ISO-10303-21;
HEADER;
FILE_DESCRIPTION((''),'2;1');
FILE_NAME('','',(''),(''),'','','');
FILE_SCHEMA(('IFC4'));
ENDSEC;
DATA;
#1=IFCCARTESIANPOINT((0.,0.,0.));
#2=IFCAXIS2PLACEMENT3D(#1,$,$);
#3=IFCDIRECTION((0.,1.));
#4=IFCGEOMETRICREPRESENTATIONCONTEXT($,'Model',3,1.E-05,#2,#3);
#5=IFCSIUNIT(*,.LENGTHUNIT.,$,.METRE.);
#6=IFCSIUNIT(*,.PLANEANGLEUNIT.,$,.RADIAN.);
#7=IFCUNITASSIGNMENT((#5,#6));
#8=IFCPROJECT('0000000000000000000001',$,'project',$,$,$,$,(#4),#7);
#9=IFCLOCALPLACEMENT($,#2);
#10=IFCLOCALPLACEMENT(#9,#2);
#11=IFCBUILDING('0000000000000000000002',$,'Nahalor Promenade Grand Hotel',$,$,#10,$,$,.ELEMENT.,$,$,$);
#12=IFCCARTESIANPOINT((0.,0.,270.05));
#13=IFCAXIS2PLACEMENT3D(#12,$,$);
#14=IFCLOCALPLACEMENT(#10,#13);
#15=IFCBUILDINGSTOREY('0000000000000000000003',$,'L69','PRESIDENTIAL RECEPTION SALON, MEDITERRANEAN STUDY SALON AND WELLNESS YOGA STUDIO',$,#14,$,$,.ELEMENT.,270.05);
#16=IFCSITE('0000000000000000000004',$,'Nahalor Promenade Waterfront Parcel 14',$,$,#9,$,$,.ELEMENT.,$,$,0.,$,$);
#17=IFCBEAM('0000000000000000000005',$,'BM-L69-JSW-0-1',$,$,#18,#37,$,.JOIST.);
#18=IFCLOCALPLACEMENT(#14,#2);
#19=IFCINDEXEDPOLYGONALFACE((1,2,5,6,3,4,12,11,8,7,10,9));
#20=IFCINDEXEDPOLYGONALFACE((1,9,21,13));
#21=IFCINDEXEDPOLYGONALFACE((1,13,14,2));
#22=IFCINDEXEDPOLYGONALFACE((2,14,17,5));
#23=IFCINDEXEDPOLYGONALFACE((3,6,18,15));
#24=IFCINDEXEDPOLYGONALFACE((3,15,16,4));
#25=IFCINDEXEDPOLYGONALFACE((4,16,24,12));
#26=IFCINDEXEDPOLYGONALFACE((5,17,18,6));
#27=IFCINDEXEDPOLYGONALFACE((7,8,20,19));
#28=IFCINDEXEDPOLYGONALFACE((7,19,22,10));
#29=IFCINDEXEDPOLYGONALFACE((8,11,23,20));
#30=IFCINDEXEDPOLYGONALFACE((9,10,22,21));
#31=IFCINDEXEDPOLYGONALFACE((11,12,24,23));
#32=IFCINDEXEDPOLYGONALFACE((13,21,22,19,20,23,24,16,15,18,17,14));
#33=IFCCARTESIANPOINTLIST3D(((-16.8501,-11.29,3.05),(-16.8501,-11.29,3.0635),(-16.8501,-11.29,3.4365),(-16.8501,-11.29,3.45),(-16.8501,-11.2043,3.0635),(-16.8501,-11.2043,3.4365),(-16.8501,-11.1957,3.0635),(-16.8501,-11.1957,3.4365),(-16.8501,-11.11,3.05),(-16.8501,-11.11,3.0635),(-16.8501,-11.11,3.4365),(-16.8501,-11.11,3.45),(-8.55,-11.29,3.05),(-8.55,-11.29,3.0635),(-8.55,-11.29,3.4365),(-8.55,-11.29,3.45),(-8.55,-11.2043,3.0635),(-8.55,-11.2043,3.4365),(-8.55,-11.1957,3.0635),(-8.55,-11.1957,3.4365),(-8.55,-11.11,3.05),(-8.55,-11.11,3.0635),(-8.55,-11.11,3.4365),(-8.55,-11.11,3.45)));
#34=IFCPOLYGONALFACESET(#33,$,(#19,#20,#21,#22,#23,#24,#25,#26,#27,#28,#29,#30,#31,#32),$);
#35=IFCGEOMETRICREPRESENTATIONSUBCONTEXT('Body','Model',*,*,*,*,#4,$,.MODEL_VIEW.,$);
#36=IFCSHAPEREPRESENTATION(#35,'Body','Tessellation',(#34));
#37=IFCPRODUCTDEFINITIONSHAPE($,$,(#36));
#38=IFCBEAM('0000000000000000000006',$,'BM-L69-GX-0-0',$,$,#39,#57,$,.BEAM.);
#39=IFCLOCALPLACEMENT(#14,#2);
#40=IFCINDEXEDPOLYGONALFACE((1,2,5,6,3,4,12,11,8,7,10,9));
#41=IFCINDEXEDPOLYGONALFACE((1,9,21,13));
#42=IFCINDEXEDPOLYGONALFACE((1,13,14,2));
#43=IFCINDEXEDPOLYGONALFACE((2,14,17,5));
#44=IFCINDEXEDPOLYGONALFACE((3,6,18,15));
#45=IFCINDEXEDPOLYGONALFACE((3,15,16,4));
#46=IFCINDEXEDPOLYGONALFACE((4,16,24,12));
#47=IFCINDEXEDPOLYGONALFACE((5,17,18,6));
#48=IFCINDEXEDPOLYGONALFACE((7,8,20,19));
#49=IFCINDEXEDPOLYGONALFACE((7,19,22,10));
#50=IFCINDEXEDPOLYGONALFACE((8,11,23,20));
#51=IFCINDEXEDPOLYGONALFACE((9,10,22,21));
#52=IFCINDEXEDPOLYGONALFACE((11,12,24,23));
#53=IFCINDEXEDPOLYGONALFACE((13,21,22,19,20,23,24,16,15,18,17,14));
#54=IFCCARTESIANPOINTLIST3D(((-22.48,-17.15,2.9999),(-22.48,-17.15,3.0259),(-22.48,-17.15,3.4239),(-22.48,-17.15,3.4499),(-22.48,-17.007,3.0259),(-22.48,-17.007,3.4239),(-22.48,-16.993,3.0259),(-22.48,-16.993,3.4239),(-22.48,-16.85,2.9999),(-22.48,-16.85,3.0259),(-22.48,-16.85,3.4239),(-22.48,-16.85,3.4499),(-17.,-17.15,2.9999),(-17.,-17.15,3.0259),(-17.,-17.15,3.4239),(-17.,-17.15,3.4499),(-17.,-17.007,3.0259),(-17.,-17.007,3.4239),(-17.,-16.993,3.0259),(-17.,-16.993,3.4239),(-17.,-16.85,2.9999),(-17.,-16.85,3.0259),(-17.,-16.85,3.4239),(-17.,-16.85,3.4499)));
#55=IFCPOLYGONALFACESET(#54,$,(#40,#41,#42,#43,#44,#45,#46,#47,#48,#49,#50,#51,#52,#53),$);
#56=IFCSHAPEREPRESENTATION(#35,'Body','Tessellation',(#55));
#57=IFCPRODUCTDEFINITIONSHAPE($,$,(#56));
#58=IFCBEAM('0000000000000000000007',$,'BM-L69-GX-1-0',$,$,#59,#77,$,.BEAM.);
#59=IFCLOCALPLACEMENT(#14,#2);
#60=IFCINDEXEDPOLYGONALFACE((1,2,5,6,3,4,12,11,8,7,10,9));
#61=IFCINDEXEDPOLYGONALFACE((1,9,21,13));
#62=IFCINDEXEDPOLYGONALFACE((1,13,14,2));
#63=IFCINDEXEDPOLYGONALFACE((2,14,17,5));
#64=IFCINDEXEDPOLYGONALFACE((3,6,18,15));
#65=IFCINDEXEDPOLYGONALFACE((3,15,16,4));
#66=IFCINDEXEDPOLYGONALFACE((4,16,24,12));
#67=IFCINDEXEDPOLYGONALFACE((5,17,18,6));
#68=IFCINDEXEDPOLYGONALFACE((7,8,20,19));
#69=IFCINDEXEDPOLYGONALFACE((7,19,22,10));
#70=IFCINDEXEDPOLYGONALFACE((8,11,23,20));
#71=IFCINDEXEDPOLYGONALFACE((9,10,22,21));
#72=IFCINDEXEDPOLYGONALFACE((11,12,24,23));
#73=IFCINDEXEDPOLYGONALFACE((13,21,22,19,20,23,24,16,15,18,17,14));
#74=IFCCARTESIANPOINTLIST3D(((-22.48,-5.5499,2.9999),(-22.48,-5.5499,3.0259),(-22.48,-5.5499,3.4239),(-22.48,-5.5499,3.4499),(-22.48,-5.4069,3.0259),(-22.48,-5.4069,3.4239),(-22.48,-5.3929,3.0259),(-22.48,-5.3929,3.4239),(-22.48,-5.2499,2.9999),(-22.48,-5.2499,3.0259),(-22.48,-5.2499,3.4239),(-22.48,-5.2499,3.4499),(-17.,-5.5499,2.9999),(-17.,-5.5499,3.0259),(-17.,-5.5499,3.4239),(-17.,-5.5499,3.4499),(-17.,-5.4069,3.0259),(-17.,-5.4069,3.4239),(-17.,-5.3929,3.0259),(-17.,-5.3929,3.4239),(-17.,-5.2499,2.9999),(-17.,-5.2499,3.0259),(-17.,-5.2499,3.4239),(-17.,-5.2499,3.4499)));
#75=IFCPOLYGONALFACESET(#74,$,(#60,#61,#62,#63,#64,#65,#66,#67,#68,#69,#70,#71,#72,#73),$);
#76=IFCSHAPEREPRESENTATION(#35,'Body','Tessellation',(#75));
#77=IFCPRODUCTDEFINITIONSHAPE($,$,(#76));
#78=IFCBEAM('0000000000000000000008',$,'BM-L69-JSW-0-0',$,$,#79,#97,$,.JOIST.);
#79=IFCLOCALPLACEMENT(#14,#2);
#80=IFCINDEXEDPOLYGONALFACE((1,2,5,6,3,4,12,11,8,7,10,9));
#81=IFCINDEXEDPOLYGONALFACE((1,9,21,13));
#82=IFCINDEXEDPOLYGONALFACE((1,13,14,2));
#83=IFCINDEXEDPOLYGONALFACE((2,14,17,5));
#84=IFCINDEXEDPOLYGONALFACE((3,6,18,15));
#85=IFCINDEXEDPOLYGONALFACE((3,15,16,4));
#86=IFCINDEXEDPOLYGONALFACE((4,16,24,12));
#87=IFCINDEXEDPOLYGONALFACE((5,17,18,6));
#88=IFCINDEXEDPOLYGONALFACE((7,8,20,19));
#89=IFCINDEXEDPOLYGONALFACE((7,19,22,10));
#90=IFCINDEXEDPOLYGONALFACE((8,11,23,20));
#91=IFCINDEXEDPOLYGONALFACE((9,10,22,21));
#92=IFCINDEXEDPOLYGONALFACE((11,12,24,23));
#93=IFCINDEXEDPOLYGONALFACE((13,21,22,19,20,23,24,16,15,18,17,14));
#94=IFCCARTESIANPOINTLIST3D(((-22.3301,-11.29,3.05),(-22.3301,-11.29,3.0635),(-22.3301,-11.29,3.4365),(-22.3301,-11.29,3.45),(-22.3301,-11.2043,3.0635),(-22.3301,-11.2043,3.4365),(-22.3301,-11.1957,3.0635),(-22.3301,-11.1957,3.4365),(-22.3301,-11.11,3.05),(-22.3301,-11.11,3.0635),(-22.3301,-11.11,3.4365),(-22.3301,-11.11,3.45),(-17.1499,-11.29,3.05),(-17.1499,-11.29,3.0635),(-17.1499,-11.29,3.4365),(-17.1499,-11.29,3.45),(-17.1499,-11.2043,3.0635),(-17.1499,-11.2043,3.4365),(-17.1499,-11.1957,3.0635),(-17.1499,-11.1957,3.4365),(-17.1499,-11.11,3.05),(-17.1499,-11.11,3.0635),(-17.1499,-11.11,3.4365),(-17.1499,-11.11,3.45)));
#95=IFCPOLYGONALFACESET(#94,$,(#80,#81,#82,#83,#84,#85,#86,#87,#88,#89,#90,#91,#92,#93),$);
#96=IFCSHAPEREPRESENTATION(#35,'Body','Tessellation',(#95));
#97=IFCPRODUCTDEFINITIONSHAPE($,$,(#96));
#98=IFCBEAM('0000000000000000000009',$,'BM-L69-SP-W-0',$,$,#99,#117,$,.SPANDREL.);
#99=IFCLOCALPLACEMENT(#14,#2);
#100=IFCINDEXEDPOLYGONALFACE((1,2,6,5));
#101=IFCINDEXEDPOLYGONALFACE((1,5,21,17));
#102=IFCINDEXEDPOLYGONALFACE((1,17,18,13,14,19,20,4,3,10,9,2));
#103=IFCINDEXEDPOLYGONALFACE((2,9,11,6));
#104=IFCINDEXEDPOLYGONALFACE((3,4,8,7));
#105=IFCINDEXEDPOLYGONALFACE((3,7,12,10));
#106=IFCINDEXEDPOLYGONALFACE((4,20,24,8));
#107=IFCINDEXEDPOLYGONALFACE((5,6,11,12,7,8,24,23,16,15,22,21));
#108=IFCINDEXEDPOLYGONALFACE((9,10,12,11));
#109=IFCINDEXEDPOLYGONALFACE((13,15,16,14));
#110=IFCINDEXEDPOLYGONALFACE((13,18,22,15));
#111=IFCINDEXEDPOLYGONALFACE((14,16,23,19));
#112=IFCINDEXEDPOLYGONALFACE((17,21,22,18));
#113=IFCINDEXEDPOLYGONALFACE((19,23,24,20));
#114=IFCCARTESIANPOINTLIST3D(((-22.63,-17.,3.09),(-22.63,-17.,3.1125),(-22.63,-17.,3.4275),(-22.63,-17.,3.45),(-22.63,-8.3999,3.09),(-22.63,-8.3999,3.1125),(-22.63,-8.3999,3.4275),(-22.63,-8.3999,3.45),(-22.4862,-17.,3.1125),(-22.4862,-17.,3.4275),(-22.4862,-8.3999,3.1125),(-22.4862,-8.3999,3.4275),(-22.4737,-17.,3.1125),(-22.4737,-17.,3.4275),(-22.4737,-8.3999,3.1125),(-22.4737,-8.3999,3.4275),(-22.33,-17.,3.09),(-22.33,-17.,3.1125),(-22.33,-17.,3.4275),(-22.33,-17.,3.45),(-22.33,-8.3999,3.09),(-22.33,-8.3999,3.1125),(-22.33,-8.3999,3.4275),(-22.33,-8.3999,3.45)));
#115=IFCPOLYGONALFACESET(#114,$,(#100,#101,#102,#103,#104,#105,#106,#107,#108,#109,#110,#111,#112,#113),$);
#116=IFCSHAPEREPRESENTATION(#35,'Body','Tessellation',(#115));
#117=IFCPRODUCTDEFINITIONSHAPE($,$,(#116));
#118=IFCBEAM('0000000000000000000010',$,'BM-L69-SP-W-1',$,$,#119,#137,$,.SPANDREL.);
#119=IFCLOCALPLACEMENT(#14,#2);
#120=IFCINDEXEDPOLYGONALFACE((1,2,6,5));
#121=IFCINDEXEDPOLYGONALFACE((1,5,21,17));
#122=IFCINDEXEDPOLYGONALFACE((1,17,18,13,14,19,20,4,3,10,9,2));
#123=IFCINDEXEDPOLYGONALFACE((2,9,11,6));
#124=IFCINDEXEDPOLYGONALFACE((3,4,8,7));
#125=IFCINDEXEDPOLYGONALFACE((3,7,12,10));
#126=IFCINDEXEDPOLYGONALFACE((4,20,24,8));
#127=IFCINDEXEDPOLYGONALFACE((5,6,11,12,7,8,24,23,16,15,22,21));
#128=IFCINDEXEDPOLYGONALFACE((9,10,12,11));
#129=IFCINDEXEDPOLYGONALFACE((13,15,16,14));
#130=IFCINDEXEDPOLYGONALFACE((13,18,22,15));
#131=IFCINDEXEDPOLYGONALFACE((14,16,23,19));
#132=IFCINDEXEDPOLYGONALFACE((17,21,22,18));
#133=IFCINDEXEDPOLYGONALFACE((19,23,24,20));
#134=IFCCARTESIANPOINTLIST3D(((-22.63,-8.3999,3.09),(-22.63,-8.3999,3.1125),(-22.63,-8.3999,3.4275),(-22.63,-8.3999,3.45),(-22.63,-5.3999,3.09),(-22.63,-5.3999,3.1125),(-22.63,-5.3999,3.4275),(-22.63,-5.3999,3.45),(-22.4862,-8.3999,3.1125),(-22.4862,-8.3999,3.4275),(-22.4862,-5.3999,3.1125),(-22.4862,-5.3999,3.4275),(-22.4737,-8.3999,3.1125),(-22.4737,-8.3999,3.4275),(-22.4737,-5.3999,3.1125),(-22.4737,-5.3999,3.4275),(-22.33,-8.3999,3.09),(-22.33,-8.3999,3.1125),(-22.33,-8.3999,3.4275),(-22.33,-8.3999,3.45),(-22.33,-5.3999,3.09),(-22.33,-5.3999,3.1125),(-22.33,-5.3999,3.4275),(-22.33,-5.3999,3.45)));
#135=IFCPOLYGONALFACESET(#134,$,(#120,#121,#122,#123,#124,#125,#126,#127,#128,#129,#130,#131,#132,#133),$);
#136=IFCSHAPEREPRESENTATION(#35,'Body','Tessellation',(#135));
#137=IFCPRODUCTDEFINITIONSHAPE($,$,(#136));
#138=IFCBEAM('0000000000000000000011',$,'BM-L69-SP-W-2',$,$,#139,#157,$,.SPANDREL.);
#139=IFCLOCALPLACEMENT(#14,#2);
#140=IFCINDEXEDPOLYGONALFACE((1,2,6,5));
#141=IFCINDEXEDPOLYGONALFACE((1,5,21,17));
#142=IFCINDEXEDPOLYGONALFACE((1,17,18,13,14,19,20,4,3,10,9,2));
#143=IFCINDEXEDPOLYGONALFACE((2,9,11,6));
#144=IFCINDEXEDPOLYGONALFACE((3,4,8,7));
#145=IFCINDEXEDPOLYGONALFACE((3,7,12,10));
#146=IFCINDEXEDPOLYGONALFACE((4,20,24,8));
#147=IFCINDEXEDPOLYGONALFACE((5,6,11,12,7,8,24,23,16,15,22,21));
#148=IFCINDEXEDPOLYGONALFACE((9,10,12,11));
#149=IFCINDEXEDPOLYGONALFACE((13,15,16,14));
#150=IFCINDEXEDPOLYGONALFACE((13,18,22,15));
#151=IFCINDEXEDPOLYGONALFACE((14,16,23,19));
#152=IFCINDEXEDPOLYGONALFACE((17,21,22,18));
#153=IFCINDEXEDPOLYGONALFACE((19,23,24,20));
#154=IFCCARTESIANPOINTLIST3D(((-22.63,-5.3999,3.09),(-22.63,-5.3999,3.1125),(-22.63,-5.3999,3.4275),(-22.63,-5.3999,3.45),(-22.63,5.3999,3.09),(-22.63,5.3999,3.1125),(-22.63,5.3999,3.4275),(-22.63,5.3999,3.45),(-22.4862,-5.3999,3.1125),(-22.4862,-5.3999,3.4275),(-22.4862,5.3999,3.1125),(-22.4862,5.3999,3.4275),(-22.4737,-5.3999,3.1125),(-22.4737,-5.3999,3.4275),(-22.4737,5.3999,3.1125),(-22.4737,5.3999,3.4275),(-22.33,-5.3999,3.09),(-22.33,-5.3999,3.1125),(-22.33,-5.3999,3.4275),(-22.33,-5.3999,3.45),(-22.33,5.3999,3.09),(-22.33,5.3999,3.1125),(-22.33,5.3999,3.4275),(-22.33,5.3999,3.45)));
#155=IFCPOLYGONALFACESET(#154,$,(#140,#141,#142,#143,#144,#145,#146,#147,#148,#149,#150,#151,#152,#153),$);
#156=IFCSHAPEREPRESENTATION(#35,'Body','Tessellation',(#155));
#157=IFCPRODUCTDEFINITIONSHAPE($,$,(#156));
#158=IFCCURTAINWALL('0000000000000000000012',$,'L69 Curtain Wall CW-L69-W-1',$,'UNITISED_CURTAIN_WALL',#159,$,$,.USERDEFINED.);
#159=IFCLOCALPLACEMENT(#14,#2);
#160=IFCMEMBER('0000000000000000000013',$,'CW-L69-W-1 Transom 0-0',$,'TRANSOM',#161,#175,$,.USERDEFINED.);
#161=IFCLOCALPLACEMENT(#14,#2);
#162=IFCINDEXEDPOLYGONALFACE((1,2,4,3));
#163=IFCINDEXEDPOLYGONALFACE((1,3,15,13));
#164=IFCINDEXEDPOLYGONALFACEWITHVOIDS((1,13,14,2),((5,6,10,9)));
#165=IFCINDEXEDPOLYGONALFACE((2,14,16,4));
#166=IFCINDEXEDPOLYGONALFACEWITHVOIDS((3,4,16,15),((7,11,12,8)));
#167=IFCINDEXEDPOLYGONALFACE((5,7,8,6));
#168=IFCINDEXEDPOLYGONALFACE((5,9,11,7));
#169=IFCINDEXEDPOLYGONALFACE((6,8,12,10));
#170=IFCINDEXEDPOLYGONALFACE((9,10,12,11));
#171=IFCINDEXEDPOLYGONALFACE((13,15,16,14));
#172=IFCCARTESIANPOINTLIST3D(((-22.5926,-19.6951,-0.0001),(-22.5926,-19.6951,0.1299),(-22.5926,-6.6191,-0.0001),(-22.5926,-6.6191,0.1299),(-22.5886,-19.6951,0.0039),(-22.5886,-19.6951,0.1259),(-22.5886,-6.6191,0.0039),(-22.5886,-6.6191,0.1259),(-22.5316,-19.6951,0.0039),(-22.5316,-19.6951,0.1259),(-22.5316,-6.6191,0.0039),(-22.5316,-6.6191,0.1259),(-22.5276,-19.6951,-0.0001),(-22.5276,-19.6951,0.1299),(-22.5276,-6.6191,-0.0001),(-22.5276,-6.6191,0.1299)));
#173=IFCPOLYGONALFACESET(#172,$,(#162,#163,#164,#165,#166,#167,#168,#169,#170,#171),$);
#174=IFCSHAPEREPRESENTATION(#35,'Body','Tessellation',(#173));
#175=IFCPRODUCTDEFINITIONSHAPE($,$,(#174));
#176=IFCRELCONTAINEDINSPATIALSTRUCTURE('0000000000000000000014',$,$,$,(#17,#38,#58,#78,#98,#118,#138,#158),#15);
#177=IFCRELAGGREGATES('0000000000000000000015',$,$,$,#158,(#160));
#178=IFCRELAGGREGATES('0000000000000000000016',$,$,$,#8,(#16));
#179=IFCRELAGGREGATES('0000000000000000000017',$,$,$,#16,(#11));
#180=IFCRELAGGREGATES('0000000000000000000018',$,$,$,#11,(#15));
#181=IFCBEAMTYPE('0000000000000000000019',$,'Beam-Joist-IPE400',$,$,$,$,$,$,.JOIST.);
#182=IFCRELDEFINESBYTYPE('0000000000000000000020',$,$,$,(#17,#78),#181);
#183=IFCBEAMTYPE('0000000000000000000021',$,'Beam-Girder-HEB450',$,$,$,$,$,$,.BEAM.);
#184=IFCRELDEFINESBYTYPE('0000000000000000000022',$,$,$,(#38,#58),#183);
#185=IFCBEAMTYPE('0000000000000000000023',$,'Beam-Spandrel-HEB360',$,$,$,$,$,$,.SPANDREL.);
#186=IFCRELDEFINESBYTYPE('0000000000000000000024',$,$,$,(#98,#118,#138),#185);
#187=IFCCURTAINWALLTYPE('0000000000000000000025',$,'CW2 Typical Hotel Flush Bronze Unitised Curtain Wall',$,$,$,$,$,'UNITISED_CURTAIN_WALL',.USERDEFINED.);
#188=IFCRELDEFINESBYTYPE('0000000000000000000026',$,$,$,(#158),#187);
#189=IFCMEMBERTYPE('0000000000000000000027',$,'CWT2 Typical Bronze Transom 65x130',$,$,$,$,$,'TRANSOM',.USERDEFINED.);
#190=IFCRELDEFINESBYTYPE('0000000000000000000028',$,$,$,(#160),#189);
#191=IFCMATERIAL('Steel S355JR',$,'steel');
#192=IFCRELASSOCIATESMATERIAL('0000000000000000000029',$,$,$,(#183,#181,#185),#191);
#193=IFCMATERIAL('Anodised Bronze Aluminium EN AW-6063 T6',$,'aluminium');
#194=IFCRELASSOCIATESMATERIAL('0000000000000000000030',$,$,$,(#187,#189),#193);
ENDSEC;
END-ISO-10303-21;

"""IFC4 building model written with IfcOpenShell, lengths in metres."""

from ifc_helpers import new_model, si_unit, direction, frame, origin, origin_2d, place, context, subcontext, project, spatial, hollow_rectangle, i_section, extrude, source, transform, mapped, material, material_profile, profile_set, type_object, element, aggregate, save


model = new_model("IFC4")

# Units and contexts
model_context = context("Model", 3, precision=1e-05, world=origin(), true_north=direction((0.0, 1.0)))
body_context = subcontext(model_context, "Body", "Model", "MODEL_VIEW")
ifc_project = project(units=[si_unit("LENGTHUNIT", "METRE"), si_unit("PLANEANGLEUNIT", "RADIAN")], contexts=[model_context])

# Site, building, storey
site_placement = place(None, origin())
site = spatial("IfcSite", under=ifc_project, at=site_placement, Name="Nahalor Promenade Waterfront Parcel 14", CompositionType="ELEMENT", RefElevation=0.0)
building_placement = place(site_placement, origin())
building = spatial("IfcBuilding", under=site, at=building_placement, Name="Nahalor Promenade Grand Hotel", CompositionType="ELEMENT")
storey_placement = place(building_placement, frame((0.0, 0.0, 270.05)))
storey = spatial("IfcBuildingStorey", under=building, at=storey_placement, Name="L69", Description="PRESIDENTIAL RECEPTION SALON, MEDITERRANEAN STUDY SALON AND WELLNESS YOGA STUDIO", CompositionType="ELEMENT", Elevation=270.05)

# Shared definitions
ifc_material_1 = material(Name="Steel S355JR", Category="steel")

# Beams
ifc_material_profile_1 = material_profile(ifc_material_1, i_section(OverallWidth=0.3, OverallDepth=0.45, WebThickness=0.014, FlangeThickness=0.026, at=origin_2d()), Name="HEB 450")
ifc_profile_set_1 = profile_set([ifc_material_profile_1], Name="Steel S355JR")
beam_type_1 = type_object("IfcBeamType", Name="Beam-Girder-HEB450", PredefinedType="BEAM", material=ifc_profile_set_1)
ifc_material_profile_2 = material_profile(ifc_material_1, i_section(OverallWidth=0.18, OverallDepth=0.4, WebThickness=0.0086, FlangeThickness=0.0135, at=origin_2d()), Name="IPE 400")
ifc_profile_set_2 = profile_set([ifc_material_profile_2], Name="Steel S355JR")
beam_type_2 = type_object("IfcBeamType", Name="Beam-Joist-IPE400", PredefinedType="JOIST", material=ifc_profile_set_2)
shared_shape_1 = source(origin(), body_context, "Body", "SweptSolid", [
    extrude(i_section(OverallWidth=0.18, OverallDepth=0.4, WebThickness=0.0086, FlangeThickness=0.0135, at=origin_2d()), origin(), (0.0, 0.0, 1.0), 8.3),
])
beam_1_placement = place(storey_placement, frame((-16.8501, -11.2, 3.25), z_axis=(1.0, 0.0, 0.0), x_axis=(0.0, 1.0, 0.0)))
element("IfcBeam", 1, at=beam_1_placement, inside=storey, type_object=beam_type_2, Name="BM-L69-JSW-0-1", PredefinedType="JOIST", context=body_context, shape_type="MappedRepresentation", body=[
    mapped(shared_shape_1, transform((0.0, 0.0, 0.0), scale=1.0)),
])
shared_shape_2 = source(origin(), body_context, "Body", "SweptSolid", [
    extrude(i_section(OverallWidth=0.3, OverallDepth=0.45, WebThickness=0.014, FlangeThickness=0.026, at=origin_2d()), origin(), (0.0, 0.0, 1.0), 5.48),
])
for number, where, z_axis, x_axis, name in (
    (2, (-22.48, -17.0, 3.2249), (1.0, 0.0, 0.0), (0.0, 1.0, 0.0), "BM-L69-GX-0-0"),
    (3, (-22.48, -5.3999, 3.2249), (1.0, 0.0, 0.0), (0.0, 1.0, 0.0), "BM-L69-GX-1-0"),
):
    element("IfcBeam", number, at=place(storey_placement, frame(where, z_axis=z_axis, x_axis=x_axis)), inside=storey, type_object=beam_type_1, Name=name, PredefinedType="BEAM", context=body_context, shape_type="MappedRepresentation", body=[
        mapped(shared_shape_2, transform((0.0, 0.0, 0.0), scale=1.0)),
    ])
shared_shape_3 = source(origin(), body_context, "Body", "SweptSolid", [
    extrude(i_section(OverallWidth=0.18, OverallDepth=0.4, WebThickness=0.0086, FlangeThickness=0.0135, at=origin_2d()), origin(), (0.0, 0.0, 1.0), 5.1802),
])
beam_2_placement = place(storey_placement, frame((-22.3301, -11.2, 3.25), z_axis=(1.0, 0.0, 0.0), x_axis=(0.0, 1.0, 0.0)))
element("IfcBeam", 4, at=beam_2_placement, inside=storey, type_object=beam_type_2, Name="BM-L69-JSW-0-0", PredefinedType="JOIST", context=body_context, shape_type="MappedRepresentation", body=[
    mapped(shared_shape_3, transform((0.0, 0.0, 0.0), scale=1.0)),
])
ifc_material_profile_3 = material_profile(ifc_material_1, i_section(OverallWidth=0.3, OverallDepth=0.36, WebThickness=0.0125, FlangeThickness=0.0225, at=origin_2d()), Name="HEB 360")
ifc_profile_set_3 = profile_set([ifc_material_profile_3], Name="Steel S355JR")
beam_type_3 = type_object("IfcBeamType", Name="Beam-Spandrel-HEB360", PredefinedType="SPANDREL", material=ifc_profile_set_3)
shared_shape_4 = source(origin(), body_context, "Body", "SweptSolid", [
    extrude(i_section(OverallWidth=0.3, OverallDepth=0.36, WebThickness=0.0125, FlangeThickness=0.0225, at=origin_2d()), origin(), (0.0, 0.0, 1.0), 8.6001),
])
beam_3_placement = place(storey_placement, frame((-22.48, -17.0, 3.27), z_axis=(0.0, 1.0, 0.0), x_axis=(-1.0, 0.0, 0.0)))
element("IfcBeam", 5, at=beam_3_placement, inside=storey, type_object=beam_type_3, Name="BM-L69-SP-W-0", PredefinedType="SPANDREL", context=body_context, shape_type="MappedRepresentation", body=[
    mapped(shared_shape_4, transform((0.0, 0.0, 0.0), scale=1.0)),
])
shared_shape_5 = source(origin(), body_context, "Body", "SweptSolid", [
    extrude(i_section(OverallWidth=0.3, OverallDepth=0.36, WebThickness=0.0125, FlangeThickness=0.0225, at=origin_2d()), origin(), (0.0, 0.0, 1.0), 3.0),
])
beam_4_placement = place(storey_placement, frame((-22.48, -8.3999, 3.27), z_axis=(0.0, 1.0, 0.0), x_axis=(-1.0, 0.0, 0.0)))
element("IfcBeam", 6, at=beam_4_placement, inside=storey, type_object=beam_type_3, Name="BM-L69-SP-W-1", PredefinedType="SPANDREL", context=body_context, shape_type="MappedRepresentation", body=[
    mapped(shared_shape_5, transform((0.0, 0.0, 0.0), scale=1.0)),
])
shared_shape_6 = source(origin(), body_context, "Body", "SweptSolid", [
    extrude(i_section(OverallWidth=0.3, OverallDepth=0.36, WebThickness=0.0125, FlangeThickness=0.0225, at=origin_2d()), origin(), (0.0, 0.0, 1.0), 10.7998),
])
beam_5_placement = place(storey_placement, frame((-22.48, -5.3999, 3.27), z_axis=(0.0, 1.0, 0.0), x_axis=(-1.0, 0.0, 0.0)))
element("IfcBeam", 7, at=beam_5_placement, inside=storey, type_object=beam_type_3, Name="BM-L69-SP-W-2", PredefinedType="SPANDREL", context=body_context, shape_type="MappedRepresentation", body=[
    mapped(shared_shape_6, transform((0.0, 0.0, 0.0), scale=1.0)),
])

# Curtain wall, member
ifc_material_2 = material(Name="Anodised Bronze Aluminium EN AW-6063 T6", Category="aluminium")
curtain_wall_type = type_object("IfcCurtainWallType", Name="CW2 Typical Hotel Flush Bronze Unitised Curtain Wall", ElementType="UNITISED_CURTAIN_WALL", PredefinedType="USERDEFINED", material=ifc_material_2)
curtain_wall_placement = place(storey_placement, origin())
curtain_wall = element("IfcCurtainWall", 8, at=curtain_wall_placement, inside=storey, type_object=curtain_wall_type, Name="L69 Curtain Wall CW-L69-W-1", ObjectType="UNITISED_CURTAIN_WALL", PredefinedType="USERDEFINED")
ifc_material_profile_4 = material_profile(ifc_material_2, hollow_rectangle(XDim=0.065, YDim=0.13, WallThickness=0.004, at=origin_2d()), Name="CWT 65x130x4")
ifc_profile_set_4 = profile_set([ifc_material_profile_4], Name="Anodised Bronze Aluminium EN AW-6063 T6")
member_type_1 = type_object("IfcMemberType", Name="CWT2 Typical Bronze Transom 65x130", ElementType="TRANSOM", PredefinedType="USERDEFINED", material=ifc_profile_set_4)
shared_shape_7 = source(origin(), body_context, "Body", "SweptSolid", [
    extrude(hollow_rectangle(XDim=0.065, YDim=0.13, WallThickness=0.004, at=origin_2d()), origin(), (0.0, 0.0, 1.0), 13.0759),
])
member_1_placement = place(storey_placement, frame((-22.5601, -19.6951, 0.0649), z_axis=(0.0, 1.0, 0.0), x_axis=(-1.0, 0.0, 0.0)))
member_1 = element("IfcMember", 9, at=member_1_placement, type_object=member_type_1, Name="CW-L69-W-1 Transom 0-0", ObjectType="TRANSOM", PredefinedType="USERDEFINED", context=body_context, shape_type="MappedRepresentation", body=[
    mapped(shared_shape_7, transform((0.0, 0.0, 0.0), scale=1.0)),
])
aggregate(curtain_wall, [member_1])

save(model, "model.ifc")
